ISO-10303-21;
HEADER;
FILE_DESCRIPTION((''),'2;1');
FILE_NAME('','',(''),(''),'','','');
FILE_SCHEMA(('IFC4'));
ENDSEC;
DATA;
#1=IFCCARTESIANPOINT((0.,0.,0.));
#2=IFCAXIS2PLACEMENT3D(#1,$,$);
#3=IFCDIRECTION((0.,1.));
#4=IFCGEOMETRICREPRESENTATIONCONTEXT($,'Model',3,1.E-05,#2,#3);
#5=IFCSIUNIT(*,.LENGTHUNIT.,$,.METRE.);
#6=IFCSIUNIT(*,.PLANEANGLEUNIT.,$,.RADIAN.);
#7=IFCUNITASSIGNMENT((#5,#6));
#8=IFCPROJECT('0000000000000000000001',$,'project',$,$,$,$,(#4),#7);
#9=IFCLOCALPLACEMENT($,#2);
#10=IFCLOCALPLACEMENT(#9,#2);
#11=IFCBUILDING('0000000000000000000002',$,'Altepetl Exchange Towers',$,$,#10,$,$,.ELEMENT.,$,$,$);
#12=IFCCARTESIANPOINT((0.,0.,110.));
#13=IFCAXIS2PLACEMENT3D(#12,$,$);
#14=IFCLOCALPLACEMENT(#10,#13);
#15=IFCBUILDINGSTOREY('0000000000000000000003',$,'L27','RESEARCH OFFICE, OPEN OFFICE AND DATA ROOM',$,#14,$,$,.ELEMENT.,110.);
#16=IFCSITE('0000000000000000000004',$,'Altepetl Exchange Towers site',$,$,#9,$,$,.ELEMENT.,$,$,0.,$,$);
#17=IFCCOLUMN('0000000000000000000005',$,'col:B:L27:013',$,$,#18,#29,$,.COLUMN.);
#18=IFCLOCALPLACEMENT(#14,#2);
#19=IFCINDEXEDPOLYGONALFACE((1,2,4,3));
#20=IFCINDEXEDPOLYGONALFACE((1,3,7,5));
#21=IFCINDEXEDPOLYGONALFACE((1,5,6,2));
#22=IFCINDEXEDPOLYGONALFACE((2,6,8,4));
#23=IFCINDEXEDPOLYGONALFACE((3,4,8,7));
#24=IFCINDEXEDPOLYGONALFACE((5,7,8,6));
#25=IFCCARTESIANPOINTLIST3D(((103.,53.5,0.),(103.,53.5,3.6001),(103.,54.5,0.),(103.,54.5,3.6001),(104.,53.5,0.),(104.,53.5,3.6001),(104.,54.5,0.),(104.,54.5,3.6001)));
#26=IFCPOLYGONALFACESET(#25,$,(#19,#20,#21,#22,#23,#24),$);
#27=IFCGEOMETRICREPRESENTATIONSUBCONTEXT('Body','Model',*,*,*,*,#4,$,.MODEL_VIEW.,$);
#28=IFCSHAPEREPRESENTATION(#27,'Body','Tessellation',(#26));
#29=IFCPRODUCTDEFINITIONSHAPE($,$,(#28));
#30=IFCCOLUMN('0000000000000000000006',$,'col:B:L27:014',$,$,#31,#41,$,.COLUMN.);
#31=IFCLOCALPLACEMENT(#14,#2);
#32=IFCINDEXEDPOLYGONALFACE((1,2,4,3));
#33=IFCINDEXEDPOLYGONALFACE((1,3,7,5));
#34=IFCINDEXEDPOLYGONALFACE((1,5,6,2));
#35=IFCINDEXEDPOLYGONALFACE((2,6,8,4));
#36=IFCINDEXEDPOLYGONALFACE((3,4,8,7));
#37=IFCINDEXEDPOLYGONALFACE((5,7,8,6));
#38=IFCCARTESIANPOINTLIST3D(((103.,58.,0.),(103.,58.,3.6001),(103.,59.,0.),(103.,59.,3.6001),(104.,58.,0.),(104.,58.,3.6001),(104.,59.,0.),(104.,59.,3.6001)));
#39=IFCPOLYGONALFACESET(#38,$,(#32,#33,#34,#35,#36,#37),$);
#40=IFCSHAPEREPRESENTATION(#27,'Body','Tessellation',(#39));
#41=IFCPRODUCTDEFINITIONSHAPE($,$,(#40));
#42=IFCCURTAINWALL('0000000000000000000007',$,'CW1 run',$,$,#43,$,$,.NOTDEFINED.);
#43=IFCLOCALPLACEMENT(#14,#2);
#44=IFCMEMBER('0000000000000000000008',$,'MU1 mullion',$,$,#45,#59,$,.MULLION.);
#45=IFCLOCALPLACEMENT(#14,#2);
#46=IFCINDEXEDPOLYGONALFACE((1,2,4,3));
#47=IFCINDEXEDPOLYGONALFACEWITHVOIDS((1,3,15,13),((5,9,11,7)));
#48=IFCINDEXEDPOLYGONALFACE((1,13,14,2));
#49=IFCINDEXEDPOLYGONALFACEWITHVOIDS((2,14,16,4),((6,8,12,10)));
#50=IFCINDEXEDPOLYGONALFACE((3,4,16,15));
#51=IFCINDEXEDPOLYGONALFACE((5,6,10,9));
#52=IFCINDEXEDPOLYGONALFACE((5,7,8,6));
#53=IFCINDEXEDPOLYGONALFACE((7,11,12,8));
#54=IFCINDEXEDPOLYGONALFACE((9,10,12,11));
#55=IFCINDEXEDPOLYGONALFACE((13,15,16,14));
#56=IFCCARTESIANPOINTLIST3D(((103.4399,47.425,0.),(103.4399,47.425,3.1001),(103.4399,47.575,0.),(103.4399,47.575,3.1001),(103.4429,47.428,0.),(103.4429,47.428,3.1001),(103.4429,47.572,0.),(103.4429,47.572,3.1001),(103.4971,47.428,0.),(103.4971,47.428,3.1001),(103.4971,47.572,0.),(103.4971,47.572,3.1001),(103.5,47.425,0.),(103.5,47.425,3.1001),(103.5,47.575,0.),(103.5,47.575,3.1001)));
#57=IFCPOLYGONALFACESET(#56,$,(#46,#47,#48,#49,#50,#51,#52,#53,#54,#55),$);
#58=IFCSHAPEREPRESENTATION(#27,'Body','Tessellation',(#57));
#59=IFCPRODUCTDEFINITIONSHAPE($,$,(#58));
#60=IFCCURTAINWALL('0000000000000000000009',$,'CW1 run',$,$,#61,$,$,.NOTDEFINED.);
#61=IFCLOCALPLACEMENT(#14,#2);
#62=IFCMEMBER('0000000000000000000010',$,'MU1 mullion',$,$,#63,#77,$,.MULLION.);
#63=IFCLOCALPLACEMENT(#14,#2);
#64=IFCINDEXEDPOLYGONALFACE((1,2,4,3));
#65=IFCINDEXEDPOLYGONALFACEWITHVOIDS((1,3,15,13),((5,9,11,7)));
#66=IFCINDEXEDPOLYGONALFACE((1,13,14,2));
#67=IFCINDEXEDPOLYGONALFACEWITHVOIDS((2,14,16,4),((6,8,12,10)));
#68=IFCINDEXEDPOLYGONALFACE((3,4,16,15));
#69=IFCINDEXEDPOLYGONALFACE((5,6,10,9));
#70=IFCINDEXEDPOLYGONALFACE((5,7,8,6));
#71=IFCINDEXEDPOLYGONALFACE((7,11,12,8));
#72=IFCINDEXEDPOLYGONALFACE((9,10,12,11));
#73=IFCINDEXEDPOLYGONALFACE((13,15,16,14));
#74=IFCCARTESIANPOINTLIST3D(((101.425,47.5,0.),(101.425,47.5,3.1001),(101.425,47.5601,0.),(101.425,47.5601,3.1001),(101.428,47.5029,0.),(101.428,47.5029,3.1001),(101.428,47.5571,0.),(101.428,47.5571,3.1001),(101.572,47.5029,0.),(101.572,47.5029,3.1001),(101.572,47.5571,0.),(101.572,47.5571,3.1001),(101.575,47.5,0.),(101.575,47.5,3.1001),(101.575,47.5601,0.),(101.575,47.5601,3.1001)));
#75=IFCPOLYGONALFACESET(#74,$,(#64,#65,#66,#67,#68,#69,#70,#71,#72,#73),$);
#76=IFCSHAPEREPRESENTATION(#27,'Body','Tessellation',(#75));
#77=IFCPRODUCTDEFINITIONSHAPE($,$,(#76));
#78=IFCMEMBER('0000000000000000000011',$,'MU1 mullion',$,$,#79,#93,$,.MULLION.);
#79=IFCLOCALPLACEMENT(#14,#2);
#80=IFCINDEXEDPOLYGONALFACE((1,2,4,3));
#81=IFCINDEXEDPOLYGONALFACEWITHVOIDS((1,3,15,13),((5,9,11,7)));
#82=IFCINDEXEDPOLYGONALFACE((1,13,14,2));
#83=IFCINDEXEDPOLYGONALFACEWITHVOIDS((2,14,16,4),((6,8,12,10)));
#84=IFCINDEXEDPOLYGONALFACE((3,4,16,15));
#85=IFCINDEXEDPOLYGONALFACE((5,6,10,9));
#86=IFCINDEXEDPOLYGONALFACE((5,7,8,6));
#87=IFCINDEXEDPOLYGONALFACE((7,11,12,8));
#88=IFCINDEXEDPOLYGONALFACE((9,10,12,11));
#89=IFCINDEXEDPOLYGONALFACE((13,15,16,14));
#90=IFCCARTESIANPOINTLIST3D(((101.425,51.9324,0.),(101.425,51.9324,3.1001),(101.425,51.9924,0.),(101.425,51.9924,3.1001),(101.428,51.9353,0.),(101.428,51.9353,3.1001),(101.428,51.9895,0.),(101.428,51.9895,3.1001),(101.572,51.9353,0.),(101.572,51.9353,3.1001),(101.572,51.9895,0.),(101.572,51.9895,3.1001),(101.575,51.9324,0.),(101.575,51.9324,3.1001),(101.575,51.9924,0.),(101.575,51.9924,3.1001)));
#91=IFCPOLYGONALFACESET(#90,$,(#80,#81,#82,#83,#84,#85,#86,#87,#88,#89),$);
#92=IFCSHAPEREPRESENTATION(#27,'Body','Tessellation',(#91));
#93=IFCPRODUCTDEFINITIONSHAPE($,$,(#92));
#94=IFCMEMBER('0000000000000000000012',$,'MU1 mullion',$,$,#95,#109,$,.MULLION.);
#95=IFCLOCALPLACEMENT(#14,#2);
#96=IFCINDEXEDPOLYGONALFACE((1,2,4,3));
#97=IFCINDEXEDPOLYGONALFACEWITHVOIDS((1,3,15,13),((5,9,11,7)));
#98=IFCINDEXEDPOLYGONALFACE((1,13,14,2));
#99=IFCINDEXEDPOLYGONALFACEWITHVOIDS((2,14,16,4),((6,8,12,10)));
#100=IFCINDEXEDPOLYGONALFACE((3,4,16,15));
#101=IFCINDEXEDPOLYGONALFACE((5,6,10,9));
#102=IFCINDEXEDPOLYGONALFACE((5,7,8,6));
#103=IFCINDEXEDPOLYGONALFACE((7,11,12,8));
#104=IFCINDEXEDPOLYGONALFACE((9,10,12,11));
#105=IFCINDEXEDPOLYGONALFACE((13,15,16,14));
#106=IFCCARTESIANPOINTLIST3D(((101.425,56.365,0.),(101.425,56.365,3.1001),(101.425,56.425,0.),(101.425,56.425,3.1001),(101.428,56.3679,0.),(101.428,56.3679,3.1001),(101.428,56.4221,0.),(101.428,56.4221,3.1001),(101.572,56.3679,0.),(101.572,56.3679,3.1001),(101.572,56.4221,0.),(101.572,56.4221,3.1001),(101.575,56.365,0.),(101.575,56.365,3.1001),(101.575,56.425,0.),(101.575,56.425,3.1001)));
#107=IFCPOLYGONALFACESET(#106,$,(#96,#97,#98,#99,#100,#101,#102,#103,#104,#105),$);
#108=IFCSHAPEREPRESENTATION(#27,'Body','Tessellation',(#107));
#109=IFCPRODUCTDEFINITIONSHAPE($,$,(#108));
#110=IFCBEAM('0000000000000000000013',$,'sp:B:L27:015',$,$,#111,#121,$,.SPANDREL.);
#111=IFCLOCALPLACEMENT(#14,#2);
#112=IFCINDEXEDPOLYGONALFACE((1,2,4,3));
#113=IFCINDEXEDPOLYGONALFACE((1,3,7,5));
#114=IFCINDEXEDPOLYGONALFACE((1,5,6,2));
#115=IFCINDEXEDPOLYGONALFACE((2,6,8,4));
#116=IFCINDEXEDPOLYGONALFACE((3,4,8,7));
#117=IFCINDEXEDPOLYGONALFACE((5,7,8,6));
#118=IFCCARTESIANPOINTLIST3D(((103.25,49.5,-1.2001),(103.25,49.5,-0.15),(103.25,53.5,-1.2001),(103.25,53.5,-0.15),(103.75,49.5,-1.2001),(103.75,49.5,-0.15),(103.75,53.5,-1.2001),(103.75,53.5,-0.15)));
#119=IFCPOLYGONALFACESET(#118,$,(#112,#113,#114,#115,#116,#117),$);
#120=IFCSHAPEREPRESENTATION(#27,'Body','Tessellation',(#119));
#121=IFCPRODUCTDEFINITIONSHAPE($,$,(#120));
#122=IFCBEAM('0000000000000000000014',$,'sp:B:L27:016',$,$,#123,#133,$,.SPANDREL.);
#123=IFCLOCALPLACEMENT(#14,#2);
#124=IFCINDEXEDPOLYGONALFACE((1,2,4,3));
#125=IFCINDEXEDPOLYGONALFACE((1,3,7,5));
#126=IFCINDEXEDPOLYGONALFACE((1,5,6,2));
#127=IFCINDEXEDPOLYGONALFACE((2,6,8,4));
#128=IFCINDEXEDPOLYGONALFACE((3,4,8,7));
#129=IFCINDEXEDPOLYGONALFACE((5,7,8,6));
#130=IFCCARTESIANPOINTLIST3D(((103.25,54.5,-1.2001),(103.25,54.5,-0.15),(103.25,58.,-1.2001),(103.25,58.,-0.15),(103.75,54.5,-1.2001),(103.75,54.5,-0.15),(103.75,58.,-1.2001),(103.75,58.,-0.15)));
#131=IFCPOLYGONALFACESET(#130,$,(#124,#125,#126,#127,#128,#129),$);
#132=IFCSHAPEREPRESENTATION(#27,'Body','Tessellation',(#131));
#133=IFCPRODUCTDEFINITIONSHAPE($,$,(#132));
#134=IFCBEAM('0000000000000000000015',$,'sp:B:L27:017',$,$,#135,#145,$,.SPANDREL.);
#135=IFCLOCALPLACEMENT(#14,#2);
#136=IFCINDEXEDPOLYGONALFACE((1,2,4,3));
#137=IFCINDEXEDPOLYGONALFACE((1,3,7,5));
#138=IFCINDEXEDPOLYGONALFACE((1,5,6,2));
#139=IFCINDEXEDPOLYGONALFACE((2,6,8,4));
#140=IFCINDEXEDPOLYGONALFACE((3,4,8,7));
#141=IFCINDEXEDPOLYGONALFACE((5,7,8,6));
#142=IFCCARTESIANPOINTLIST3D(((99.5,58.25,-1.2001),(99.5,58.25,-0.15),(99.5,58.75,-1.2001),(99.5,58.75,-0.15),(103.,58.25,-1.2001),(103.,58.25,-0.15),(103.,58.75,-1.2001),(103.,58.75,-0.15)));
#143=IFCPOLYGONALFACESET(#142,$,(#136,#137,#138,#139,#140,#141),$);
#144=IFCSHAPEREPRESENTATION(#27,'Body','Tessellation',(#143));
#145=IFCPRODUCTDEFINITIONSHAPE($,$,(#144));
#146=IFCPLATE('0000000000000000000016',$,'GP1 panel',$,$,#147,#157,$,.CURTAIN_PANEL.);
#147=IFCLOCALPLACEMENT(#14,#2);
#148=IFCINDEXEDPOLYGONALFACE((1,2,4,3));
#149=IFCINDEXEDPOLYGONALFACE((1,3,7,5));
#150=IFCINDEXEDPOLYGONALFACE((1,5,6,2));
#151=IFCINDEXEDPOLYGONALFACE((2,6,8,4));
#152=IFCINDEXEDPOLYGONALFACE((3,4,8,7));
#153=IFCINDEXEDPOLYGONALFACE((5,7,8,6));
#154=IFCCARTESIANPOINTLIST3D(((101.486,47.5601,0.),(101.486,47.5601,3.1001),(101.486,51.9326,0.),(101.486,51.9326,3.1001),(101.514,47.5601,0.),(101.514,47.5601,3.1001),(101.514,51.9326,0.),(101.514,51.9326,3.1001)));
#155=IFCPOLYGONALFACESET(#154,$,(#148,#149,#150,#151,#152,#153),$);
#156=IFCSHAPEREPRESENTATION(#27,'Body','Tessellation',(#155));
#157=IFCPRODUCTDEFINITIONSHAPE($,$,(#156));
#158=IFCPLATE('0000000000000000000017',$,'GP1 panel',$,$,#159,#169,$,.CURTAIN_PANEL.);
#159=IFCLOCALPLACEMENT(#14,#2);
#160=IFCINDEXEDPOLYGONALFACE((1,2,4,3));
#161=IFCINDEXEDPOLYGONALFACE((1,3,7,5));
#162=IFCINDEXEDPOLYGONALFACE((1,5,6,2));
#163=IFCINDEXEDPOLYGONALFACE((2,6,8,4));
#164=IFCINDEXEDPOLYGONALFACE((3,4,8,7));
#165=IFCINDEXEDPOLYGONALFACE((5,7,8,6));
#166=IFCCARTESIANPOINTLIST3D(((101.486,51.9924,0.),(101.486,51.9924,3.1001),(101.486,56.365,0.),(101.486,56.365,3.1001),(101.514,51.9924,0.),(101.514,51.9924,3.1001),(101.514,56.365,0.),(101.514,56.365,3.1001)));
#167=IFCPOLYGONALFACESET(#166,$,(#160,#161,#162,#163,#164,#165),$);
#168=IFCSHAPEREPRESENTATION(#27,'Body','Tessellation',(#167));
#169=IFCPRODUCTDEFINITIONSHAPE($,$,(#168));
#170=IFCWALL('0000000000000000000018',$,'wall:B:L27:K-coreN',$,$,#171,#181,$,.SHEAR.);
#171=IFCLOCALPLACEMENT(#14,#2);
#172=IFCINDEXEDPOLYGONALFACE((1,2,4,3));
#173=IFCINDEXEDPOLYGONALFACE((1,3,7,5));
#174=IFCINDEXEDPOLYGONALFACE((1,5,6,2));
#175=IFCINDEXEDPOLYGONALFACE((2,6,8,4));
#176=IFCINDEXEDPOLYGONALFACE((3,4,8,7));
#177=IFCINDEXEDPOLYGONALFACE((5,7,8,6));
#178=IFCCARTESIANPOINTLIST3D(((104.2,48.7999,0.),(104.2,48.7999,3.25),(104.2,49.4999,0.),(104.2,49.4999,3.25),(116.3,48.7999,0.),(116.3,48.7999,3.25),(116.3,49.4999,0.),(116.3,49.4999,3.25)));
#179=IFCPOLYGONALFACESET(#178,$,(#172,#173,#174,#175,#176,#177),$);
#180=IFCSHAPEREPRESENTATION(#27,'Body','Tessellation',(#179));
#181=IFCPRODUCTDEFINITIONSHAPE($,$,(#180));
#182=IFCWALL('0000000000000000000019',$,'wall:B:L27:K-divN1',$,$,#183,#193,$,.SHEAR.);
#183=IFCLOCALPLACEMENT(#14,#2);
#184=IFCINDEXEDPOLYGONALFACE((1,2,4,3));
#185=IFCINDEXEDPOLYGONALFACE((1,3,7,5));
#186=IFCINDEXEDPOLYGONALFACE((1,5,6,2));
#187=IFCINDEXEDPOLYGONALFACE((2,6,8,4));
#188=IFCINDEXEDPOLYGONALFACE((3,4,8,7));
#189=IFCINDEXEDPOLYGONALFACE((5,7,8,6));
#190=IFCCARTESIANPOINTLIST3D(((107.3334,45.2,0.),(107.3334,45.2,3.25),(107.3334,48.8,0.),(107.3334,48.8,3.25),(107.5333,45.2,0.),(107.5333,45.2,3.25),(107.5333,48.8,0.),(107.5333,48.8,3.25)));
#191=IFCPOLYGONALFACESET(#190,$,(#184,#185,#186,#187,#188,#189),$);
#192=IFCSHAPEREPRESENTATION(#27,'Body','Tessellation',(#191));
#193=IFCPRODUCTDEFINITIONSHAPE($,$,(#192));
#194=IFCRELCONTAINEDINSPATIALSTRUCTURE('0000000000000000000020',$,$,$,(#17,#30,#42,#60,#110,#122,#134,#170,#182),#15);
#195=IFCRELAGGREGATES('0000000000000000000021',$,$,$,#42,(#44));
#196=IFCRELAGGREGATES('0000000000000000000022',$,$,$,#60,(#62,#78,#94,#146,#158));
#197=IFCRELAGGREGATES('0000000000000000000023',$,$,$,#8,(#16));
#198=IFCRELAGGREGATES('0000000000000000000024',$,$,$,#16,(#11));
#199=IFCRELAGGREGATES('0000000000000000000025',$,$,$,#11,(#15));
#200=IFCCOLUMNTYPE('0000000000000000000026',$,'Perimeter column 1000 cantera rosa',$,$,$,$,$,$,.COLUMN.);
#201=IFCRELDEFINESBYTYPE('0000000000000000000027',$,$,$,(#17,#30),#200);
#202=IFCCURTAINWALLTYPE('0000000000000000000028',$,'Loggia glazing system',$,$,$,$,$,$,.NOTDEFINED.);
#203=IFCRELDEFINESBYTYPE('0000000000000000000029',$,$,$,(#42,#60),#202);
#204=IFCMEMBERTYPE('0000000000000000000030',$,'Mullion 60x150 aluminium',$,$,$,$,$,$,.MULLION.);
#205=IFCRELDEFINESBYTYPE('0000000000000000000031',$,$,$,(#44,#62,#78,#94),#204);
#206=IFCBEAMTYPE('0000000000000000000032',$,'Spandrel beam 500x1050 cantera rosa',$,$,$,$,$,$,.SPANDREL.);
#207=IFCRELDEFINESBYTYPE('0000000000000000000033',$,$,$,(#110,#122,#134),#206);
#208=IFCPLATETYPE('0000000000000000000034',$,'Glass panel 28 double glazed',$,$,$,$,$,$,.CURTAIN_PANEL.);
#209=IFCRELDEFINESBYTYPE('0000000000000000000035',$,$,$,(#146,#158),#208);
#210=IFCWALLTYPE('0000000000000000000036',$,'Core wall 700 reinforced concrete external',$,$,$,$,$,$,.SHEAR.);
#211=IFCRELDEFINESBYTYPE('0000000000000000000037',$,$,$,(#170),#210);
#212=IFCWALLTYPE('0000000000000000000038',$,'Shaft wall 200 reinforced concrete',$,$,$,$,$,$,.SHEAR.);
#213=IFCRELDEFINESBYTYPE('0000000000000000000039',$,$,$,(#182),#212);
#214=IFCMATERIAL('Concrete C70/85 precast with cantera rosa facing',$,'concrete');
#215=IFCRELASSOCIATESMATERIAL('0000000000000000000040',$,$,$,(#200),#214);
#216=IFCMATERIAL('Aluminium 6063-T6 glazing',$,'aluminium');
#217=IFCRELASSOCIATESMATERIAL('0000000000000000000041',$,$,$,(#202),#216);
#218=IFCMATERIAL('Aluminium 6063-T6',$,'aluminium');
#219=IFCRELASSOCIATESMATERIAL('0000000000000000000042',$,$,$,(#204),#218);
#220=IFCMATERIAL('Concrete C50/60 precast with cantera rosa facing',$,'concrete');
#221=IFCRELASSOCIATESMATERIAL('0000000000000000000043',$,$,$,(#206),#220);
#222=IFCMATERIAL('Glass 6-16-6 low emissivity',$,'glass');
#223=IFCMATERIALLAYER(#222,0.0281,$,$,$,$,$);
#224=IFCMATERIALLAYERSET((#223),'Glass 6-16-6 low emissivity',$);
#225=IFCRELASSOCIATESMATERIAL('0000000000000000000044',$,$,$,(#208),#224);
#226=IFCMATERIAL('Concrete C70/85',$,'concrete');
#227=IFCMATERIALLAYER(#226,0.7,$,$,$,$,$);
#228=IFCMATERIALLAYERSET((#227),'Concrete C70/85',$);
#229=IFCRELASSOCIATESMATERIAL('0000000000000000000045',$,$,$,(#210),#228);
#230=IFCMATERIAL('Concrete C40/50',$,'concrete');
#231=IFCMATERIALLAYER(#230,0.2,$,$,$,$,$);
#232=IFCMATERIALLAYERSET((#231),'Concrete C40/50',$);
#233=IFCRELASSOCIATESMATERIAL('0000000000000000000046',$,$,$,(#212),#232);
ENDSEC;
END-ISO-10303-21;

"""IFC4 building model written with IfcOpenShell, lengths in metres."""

from ifc_helpers import new_model, si_unit, direction, frame, frame_2d, origin, origin_2d, place, context, subcontext, project, spatial, rectangle, hollow_rectangle, extrude, material, layer, layer_set, material_profile, profile_set, type_object, element, aggregate, save


model = new_model("IFC4")

# Units and contexts
model_context = context("Model", 3, precision=1e-05, world=origin(), true_north=direction((0.0, 1.0)))
body_context = subcontext(model_context, "Body", "Model", "MODEL_VIEW")
ifc_project = project(units=[si_unit("LENGTHUNIT", "METRE"), si_unit("PLANEANGLEUNIT", "RADIAN")], contexts=[model_context])

# Site, building, storey
site_placement = place(None, origin())
site = spatial("IfcSite", under=ifc_project, at=site_placement, Name="Altepetl Exchange Towers site", CompositionType="ELEMENT", RefElevation=0.0)
building_placement = place(site_placement, origin())
building = spatial("IfcBuilding", under=site, at=building_placement, Name="Altepetl Exchange Towers", CompositionType="ELEMENT")
storey_placement = place(building_placement, frame((0.0, 0.0, 110.0)))
storey = spatial("IfcBuildingStorey", under=building, at=storey_placement, Name="L27", Description="RESEARCH OFFICE, OPEN OFFICE AND DATA ROOM", CompositionType="ELEMENT", Elevation=110.0)

# Columns
ifc_material_1 = material(Name="Concrete C70/85 precast with cantera rosa facing", Category="concrete")
ifc_material_profile_1 = material_profile(ifc_material_1, rectangle(XDim=1.0, YDim=1.0, at=origin_2d()), Name="1000 x 1000")
ifc_profile_set_1 = profile_set([ifc_material_profile_1], Name="Concrete C70/85 precast with cantera rosa facing")
column_type = type_object("IfcColumnType", Name="Perimeter column 1000 cantera rosa", PredefinedType="COLUMN", material=ifc_profile_set_1)
for number, where, name in (
    (1, (103.5, 54.0, 0.0), "col:B:L27:013"),
    (2, (103.5, 58.5, 0.0), "col:B:L27:014"),
):
    element("IfcColumn", number, at=place(storey_placement, frame(where)), inside=storey, type_object=column_type, Name=name, PredefinedType="COLUMN", context=body_context, shape_type="SweptSolid", body=[
        extrude(rectangle(XDim=1.0, YDim=1.0, at=origin_2d()), origin(), (0.0, 0.0, 1.0), 3.6001),
    ])

# Curtain wall, member
ifc_material_2 = material(Name="Aluminium 6063-T6 glazing", Category="aluminium")
curtain_wall_type = type_object("IfcCurtainWallType", Name="Loggia glazing system", PredefinedType="NOTDEFINED", material=ifc_material_2)
curtain_wall_1_placement = place(storey_placement, origin())
curtain_wall_1 = element("IfcCurtainWall", 3, at=curtain_wall_1_placement, inside=storey, type_object=curtain_wall_type, Name="CW1 run", PredefinedType="NOTDEFINED")
ifc_material_3 = material(Name="Aluminium 6063-T6", Category="aluminium")
ifc_material_profile_2 = material_profile(ifc_material_3, hollow_rectangle(XDim=0.0601, YDim=0.1499, WallThickness=0.0029, at=origin_2d()), Name="Mullion 60x150 aluminium")
ifc_profile_set_2 = profile_set([ifc_material_profile_2], Name="Aluminium 6063-T6")
member_type = type_object("IfcMemberType", Name="Mullion 60x150 aluminium", PredefinedType="MULLION", material=ifc_profile_set_2)
member_1_placement = place(storey_placement, frame((103.47, 47.5, 0.0), z_axis=(0.0, 0.0, 1.0), x_axis=(-1.0, 0.0, 0.0)))
member_1 = element("IfcMember", 4, at=member_1_placement, type_object=member_type, Name="MU1 mullion", PredefinedType="MULLION", context=body_context, shape_type="SweptSolid", body=[
    extrude(hollow_rectangle(XDim=0.0601, YDim=0.1499, WallThickness=0.0029, at=origin_2d()), origin(), (0.0, 0.0, 1.0), 3.1001),
])
aggregate(curtain_wall_1, [member_1])

# Curtain wall, members
curtain_wall_2_placement = place(storey_placement, origin())
curtain_wall_2 = element("IfcCurtainWall", 5, at=curtain_wall_2_placement, inside=storey, type_object=curtain_wall_type, Name="CW1 run", PredefinedType="NOTDEFINED")
member_2_placement = place(storey_placement, frame((101.5, 47.53, 0.0), z_axis=(0.0, 0.0, 1.0), x_axis=(0.0, 1.0, 0.0)))
member_2 = element("IfcMember", 6, at=member_2_placement, type_object=member_type, Name="MU1 mullion", PredefinedType="MULLION", context=body_context, shape_type="SweptSolid", body=[
    extrude(hollow_rectangle(XDim=0.0601, YDim=0.1499, WallThickness=0.0029, at=origin_2d()), origin(), (0.0, 0.0, 1.0), 3.1001),
])
member_3_placement = place(storey_placement, frame((101.5, 51.9624, 0.0), z_axis=(0.0, 0.0, 1.0), x_axis=(0.0, 1.0, 0.0)))
member_3 = element("IfcMember", 7, at=member_3_placement, type_object=member_type, Name="MU1 mullion", PredefinedType="MULLION", context=body_context, shape_type="SweptSolid", body=[
    extrude(hollow_rectangle(XDim=0.0601, YDim=0.1499, WallThickness=0.0029, at=origin_2d()), origin(), (0.0, 0.0, 1.0), 3.1001),
])
member_4_placement = place(storey_placement, frame((101.5, 56.395, 0.0), z_axis=(0.0, 0.0, 1.0), x_axis=(0.0, 1.0, 0.0)))
member_4 = element("IfcMember", 8, at=member_4_placement, type_object=member_type, Name="MU1 mullion", PredefinedType="MULLION", context=body_context, shape_type="SweptSolid", body=[
    extrude(hollow_rectangle(XDim=0.0601, YDim=0.1499, WallThickness=0.0029, at=origin_2d()), origin(), (0.0, 0.0, 1.0), 3.1001),
])

# Beams
ifc_material_4 = material(Name="Concrete C50/60 precast with cantera rosa facing", Category="concrete")
ifc_material_profile_3 = material_profile(ifc_material_4, rectangle(XDim=0.5, YDim=1.05, at=origin_2d()), Name="500 x 1050")
ifc_profile_set_3 = profile_set([ifc_material_profile_3], Name="Concrete C50/60 precast with cantera rosa facing")
beam_type = type_object("IfcBeamType", Name="Spandrel beam 500x1050 cantera rosa", PredefinedType="SPANDREL", material=ifc_profile_set_3)
beam_placement = place(storey_placement, frame((103.5, 49.5, -0.675), z_axis=(0.0, 1.0, 0.0), x_axis=(-1.0, 0.0, 0.0)))
element("IfcBeam", 9, at=beam_placement, inside=storey, type_object=beam_type, Name="sp:B:L27:015", PredefinedType="SPANDREL", context=body_context, shape_type="SweptSolid", body=[
    extrude(rectangle(XDim=0.5, YDim=1.05, at=origin_2d()), origin(), (0.0, 0.0, 1.0), 4.0),
])
for number, where, z_axis, x_axis, name in (
    (10, (103.5, 54.5, -0.675), (0.0, 1.0, 0.0), (-1.0, 0.0, 0.0), "sp:B:L27:016"),
    (11, (103.0, 58.5, -0.675), (-1.0, 0.0, 0.0), (0.0, -1.0, 0.0), "sp:B:L27:017"),
):
    element("IfcBeam", number, at=place(storey_placement, frame(where, z_axis=z_axis, x_axis=x_axis)), inside=storey, type_object=beam_type, Name=name, PredefinedType="SPANDREL", context=body_context, shape_type="SweptSolid", body=[
        extrude(rectangle(XDim=0.5, YDim=1.05, at=origin_2d()), origin(), (0.0, 0.0, 1.0), 3.5),
    ])

# Plates
ifc_material_5 = material(Name="Glass 6-16-6 low emissivity", Category="glass")
ifc_layer_1 = layer(ifc_material_5, 0.0281)
ifc_layer_set_1 = layer_set([ifc_layer_1], Name="Glass 6-16-6 low emissivity")
plate_type = type_object("IfcPlateType", Name="Glass panel 28 double glazed", PredefinedType="CURTAIN_PANEL", material=ifc_layer_set_1)
plate_1_placement = place(storey_placement, frame((101.5, 49.7463, 0.0), z_axis=(0.0, 0.0, 1.0), x_axis=(0.0, 1.0, 0.0)))
plate_1 = element("IfcPlate", 12, at=plate_1_placement, type_object=plate_type, Name="GP1 panel", PredefinedType="CURTAIN_PANEL", context=body_context, shape_type="SweptSolid", body=[
    extrude(rectangle(XDim=4.3726, YDim=0.0281, at=origin_2d()), origin(), (0.0, 0.0, 1.0), 3.1001),
])
plate_2_placement = place(storey_placement, frame((101.5, 54.1787, 0.0), z_axis=(0.0, 0.0, 1.0), x_axis=(0.0, 1.0, 0.0)))
plate_2 = element("IfcPlate", 13, at=plate_2_placement, type_object=plate_type, Name="GP1 panel", PredefinedType="CURTAIN_PANEL", context=body_context, shape_type="SweptSolid", body=[
    extrude(rectangle(XDim=4.3726, YDim=0.0281, at=origin_2d()), origin(), (0.0, 0.0, 1.0), 3.1001),
])
aggregate(curtain_wall_2, [member_2, member_3, member_4, plate_1, plate_2])

# Walls
ifc_material_6 = material(Name="Concrete C70/85", Category="concrete")
ifc_layer_2 = layer(ifc_material_6, 0.7)
ifc_layer_set_2 = layer_set([ifc_layer_2], Name="Concrete C70/85")
wall_type_1 = type_object("IfcWallType", Name="Core wall 700 reinforced concrete external", PredefinedType="SHEAR", material=ifc_layer_set_2)
wall_1_placement = place(storey_placement, frame((104.2, 49.1499, 0.0)))
element("IfcWall", 14, at=wall_1_placement, inside=storey, type_object=wall_type_1, Name="wall:B:L27:K-coreN", PredefinedType="SHEAR", context=body_context, shape_type="SweptSolid", body=[
    extrude(rectangle(XDim=12.1001, YDim=0.7, at=frame_2d((6.05, 0.0))), origin(), (0.0, 0.0, 1.0), 3.25),
])
ifc_material_7 = material(Name="Concrete C40/50", Category="concrete")
ifc_layer_3 = layer(ifc_material_7, 0.2)
ifc_layer_set_3 = layer_set([ifc_layer_3], Name="Concrete C40/50")
wall_type_2 = type_object("IfcWallType", Name="Shaft wall 200 reinforced concrete", PredefinedType="SHEAR", material=ifc_layer_set_3)
wall_2_placement = place(storey_placement, frame((107.4333, 48.8, 0.0), z_axis=(0.0, 0.0, 1.0), x_axis=(0.0, -1.0, 0.0)))
element("IfcWall", 15, at=wall_2_placement, inside=storey, type_object=wall_type_2, Name="wall:B:L27:K-divN1", PredefinedType="SHEAR", context=body_context, shape_type="SweptSolid", body=[
    extrude(rectangle(XDim=3.6001, YDim=0.2, at=frame_2d((1.8, 0.0))), origin(), (0.0, 0.0, 1.0), 3.25),
])

save(model, "model.ifc")
